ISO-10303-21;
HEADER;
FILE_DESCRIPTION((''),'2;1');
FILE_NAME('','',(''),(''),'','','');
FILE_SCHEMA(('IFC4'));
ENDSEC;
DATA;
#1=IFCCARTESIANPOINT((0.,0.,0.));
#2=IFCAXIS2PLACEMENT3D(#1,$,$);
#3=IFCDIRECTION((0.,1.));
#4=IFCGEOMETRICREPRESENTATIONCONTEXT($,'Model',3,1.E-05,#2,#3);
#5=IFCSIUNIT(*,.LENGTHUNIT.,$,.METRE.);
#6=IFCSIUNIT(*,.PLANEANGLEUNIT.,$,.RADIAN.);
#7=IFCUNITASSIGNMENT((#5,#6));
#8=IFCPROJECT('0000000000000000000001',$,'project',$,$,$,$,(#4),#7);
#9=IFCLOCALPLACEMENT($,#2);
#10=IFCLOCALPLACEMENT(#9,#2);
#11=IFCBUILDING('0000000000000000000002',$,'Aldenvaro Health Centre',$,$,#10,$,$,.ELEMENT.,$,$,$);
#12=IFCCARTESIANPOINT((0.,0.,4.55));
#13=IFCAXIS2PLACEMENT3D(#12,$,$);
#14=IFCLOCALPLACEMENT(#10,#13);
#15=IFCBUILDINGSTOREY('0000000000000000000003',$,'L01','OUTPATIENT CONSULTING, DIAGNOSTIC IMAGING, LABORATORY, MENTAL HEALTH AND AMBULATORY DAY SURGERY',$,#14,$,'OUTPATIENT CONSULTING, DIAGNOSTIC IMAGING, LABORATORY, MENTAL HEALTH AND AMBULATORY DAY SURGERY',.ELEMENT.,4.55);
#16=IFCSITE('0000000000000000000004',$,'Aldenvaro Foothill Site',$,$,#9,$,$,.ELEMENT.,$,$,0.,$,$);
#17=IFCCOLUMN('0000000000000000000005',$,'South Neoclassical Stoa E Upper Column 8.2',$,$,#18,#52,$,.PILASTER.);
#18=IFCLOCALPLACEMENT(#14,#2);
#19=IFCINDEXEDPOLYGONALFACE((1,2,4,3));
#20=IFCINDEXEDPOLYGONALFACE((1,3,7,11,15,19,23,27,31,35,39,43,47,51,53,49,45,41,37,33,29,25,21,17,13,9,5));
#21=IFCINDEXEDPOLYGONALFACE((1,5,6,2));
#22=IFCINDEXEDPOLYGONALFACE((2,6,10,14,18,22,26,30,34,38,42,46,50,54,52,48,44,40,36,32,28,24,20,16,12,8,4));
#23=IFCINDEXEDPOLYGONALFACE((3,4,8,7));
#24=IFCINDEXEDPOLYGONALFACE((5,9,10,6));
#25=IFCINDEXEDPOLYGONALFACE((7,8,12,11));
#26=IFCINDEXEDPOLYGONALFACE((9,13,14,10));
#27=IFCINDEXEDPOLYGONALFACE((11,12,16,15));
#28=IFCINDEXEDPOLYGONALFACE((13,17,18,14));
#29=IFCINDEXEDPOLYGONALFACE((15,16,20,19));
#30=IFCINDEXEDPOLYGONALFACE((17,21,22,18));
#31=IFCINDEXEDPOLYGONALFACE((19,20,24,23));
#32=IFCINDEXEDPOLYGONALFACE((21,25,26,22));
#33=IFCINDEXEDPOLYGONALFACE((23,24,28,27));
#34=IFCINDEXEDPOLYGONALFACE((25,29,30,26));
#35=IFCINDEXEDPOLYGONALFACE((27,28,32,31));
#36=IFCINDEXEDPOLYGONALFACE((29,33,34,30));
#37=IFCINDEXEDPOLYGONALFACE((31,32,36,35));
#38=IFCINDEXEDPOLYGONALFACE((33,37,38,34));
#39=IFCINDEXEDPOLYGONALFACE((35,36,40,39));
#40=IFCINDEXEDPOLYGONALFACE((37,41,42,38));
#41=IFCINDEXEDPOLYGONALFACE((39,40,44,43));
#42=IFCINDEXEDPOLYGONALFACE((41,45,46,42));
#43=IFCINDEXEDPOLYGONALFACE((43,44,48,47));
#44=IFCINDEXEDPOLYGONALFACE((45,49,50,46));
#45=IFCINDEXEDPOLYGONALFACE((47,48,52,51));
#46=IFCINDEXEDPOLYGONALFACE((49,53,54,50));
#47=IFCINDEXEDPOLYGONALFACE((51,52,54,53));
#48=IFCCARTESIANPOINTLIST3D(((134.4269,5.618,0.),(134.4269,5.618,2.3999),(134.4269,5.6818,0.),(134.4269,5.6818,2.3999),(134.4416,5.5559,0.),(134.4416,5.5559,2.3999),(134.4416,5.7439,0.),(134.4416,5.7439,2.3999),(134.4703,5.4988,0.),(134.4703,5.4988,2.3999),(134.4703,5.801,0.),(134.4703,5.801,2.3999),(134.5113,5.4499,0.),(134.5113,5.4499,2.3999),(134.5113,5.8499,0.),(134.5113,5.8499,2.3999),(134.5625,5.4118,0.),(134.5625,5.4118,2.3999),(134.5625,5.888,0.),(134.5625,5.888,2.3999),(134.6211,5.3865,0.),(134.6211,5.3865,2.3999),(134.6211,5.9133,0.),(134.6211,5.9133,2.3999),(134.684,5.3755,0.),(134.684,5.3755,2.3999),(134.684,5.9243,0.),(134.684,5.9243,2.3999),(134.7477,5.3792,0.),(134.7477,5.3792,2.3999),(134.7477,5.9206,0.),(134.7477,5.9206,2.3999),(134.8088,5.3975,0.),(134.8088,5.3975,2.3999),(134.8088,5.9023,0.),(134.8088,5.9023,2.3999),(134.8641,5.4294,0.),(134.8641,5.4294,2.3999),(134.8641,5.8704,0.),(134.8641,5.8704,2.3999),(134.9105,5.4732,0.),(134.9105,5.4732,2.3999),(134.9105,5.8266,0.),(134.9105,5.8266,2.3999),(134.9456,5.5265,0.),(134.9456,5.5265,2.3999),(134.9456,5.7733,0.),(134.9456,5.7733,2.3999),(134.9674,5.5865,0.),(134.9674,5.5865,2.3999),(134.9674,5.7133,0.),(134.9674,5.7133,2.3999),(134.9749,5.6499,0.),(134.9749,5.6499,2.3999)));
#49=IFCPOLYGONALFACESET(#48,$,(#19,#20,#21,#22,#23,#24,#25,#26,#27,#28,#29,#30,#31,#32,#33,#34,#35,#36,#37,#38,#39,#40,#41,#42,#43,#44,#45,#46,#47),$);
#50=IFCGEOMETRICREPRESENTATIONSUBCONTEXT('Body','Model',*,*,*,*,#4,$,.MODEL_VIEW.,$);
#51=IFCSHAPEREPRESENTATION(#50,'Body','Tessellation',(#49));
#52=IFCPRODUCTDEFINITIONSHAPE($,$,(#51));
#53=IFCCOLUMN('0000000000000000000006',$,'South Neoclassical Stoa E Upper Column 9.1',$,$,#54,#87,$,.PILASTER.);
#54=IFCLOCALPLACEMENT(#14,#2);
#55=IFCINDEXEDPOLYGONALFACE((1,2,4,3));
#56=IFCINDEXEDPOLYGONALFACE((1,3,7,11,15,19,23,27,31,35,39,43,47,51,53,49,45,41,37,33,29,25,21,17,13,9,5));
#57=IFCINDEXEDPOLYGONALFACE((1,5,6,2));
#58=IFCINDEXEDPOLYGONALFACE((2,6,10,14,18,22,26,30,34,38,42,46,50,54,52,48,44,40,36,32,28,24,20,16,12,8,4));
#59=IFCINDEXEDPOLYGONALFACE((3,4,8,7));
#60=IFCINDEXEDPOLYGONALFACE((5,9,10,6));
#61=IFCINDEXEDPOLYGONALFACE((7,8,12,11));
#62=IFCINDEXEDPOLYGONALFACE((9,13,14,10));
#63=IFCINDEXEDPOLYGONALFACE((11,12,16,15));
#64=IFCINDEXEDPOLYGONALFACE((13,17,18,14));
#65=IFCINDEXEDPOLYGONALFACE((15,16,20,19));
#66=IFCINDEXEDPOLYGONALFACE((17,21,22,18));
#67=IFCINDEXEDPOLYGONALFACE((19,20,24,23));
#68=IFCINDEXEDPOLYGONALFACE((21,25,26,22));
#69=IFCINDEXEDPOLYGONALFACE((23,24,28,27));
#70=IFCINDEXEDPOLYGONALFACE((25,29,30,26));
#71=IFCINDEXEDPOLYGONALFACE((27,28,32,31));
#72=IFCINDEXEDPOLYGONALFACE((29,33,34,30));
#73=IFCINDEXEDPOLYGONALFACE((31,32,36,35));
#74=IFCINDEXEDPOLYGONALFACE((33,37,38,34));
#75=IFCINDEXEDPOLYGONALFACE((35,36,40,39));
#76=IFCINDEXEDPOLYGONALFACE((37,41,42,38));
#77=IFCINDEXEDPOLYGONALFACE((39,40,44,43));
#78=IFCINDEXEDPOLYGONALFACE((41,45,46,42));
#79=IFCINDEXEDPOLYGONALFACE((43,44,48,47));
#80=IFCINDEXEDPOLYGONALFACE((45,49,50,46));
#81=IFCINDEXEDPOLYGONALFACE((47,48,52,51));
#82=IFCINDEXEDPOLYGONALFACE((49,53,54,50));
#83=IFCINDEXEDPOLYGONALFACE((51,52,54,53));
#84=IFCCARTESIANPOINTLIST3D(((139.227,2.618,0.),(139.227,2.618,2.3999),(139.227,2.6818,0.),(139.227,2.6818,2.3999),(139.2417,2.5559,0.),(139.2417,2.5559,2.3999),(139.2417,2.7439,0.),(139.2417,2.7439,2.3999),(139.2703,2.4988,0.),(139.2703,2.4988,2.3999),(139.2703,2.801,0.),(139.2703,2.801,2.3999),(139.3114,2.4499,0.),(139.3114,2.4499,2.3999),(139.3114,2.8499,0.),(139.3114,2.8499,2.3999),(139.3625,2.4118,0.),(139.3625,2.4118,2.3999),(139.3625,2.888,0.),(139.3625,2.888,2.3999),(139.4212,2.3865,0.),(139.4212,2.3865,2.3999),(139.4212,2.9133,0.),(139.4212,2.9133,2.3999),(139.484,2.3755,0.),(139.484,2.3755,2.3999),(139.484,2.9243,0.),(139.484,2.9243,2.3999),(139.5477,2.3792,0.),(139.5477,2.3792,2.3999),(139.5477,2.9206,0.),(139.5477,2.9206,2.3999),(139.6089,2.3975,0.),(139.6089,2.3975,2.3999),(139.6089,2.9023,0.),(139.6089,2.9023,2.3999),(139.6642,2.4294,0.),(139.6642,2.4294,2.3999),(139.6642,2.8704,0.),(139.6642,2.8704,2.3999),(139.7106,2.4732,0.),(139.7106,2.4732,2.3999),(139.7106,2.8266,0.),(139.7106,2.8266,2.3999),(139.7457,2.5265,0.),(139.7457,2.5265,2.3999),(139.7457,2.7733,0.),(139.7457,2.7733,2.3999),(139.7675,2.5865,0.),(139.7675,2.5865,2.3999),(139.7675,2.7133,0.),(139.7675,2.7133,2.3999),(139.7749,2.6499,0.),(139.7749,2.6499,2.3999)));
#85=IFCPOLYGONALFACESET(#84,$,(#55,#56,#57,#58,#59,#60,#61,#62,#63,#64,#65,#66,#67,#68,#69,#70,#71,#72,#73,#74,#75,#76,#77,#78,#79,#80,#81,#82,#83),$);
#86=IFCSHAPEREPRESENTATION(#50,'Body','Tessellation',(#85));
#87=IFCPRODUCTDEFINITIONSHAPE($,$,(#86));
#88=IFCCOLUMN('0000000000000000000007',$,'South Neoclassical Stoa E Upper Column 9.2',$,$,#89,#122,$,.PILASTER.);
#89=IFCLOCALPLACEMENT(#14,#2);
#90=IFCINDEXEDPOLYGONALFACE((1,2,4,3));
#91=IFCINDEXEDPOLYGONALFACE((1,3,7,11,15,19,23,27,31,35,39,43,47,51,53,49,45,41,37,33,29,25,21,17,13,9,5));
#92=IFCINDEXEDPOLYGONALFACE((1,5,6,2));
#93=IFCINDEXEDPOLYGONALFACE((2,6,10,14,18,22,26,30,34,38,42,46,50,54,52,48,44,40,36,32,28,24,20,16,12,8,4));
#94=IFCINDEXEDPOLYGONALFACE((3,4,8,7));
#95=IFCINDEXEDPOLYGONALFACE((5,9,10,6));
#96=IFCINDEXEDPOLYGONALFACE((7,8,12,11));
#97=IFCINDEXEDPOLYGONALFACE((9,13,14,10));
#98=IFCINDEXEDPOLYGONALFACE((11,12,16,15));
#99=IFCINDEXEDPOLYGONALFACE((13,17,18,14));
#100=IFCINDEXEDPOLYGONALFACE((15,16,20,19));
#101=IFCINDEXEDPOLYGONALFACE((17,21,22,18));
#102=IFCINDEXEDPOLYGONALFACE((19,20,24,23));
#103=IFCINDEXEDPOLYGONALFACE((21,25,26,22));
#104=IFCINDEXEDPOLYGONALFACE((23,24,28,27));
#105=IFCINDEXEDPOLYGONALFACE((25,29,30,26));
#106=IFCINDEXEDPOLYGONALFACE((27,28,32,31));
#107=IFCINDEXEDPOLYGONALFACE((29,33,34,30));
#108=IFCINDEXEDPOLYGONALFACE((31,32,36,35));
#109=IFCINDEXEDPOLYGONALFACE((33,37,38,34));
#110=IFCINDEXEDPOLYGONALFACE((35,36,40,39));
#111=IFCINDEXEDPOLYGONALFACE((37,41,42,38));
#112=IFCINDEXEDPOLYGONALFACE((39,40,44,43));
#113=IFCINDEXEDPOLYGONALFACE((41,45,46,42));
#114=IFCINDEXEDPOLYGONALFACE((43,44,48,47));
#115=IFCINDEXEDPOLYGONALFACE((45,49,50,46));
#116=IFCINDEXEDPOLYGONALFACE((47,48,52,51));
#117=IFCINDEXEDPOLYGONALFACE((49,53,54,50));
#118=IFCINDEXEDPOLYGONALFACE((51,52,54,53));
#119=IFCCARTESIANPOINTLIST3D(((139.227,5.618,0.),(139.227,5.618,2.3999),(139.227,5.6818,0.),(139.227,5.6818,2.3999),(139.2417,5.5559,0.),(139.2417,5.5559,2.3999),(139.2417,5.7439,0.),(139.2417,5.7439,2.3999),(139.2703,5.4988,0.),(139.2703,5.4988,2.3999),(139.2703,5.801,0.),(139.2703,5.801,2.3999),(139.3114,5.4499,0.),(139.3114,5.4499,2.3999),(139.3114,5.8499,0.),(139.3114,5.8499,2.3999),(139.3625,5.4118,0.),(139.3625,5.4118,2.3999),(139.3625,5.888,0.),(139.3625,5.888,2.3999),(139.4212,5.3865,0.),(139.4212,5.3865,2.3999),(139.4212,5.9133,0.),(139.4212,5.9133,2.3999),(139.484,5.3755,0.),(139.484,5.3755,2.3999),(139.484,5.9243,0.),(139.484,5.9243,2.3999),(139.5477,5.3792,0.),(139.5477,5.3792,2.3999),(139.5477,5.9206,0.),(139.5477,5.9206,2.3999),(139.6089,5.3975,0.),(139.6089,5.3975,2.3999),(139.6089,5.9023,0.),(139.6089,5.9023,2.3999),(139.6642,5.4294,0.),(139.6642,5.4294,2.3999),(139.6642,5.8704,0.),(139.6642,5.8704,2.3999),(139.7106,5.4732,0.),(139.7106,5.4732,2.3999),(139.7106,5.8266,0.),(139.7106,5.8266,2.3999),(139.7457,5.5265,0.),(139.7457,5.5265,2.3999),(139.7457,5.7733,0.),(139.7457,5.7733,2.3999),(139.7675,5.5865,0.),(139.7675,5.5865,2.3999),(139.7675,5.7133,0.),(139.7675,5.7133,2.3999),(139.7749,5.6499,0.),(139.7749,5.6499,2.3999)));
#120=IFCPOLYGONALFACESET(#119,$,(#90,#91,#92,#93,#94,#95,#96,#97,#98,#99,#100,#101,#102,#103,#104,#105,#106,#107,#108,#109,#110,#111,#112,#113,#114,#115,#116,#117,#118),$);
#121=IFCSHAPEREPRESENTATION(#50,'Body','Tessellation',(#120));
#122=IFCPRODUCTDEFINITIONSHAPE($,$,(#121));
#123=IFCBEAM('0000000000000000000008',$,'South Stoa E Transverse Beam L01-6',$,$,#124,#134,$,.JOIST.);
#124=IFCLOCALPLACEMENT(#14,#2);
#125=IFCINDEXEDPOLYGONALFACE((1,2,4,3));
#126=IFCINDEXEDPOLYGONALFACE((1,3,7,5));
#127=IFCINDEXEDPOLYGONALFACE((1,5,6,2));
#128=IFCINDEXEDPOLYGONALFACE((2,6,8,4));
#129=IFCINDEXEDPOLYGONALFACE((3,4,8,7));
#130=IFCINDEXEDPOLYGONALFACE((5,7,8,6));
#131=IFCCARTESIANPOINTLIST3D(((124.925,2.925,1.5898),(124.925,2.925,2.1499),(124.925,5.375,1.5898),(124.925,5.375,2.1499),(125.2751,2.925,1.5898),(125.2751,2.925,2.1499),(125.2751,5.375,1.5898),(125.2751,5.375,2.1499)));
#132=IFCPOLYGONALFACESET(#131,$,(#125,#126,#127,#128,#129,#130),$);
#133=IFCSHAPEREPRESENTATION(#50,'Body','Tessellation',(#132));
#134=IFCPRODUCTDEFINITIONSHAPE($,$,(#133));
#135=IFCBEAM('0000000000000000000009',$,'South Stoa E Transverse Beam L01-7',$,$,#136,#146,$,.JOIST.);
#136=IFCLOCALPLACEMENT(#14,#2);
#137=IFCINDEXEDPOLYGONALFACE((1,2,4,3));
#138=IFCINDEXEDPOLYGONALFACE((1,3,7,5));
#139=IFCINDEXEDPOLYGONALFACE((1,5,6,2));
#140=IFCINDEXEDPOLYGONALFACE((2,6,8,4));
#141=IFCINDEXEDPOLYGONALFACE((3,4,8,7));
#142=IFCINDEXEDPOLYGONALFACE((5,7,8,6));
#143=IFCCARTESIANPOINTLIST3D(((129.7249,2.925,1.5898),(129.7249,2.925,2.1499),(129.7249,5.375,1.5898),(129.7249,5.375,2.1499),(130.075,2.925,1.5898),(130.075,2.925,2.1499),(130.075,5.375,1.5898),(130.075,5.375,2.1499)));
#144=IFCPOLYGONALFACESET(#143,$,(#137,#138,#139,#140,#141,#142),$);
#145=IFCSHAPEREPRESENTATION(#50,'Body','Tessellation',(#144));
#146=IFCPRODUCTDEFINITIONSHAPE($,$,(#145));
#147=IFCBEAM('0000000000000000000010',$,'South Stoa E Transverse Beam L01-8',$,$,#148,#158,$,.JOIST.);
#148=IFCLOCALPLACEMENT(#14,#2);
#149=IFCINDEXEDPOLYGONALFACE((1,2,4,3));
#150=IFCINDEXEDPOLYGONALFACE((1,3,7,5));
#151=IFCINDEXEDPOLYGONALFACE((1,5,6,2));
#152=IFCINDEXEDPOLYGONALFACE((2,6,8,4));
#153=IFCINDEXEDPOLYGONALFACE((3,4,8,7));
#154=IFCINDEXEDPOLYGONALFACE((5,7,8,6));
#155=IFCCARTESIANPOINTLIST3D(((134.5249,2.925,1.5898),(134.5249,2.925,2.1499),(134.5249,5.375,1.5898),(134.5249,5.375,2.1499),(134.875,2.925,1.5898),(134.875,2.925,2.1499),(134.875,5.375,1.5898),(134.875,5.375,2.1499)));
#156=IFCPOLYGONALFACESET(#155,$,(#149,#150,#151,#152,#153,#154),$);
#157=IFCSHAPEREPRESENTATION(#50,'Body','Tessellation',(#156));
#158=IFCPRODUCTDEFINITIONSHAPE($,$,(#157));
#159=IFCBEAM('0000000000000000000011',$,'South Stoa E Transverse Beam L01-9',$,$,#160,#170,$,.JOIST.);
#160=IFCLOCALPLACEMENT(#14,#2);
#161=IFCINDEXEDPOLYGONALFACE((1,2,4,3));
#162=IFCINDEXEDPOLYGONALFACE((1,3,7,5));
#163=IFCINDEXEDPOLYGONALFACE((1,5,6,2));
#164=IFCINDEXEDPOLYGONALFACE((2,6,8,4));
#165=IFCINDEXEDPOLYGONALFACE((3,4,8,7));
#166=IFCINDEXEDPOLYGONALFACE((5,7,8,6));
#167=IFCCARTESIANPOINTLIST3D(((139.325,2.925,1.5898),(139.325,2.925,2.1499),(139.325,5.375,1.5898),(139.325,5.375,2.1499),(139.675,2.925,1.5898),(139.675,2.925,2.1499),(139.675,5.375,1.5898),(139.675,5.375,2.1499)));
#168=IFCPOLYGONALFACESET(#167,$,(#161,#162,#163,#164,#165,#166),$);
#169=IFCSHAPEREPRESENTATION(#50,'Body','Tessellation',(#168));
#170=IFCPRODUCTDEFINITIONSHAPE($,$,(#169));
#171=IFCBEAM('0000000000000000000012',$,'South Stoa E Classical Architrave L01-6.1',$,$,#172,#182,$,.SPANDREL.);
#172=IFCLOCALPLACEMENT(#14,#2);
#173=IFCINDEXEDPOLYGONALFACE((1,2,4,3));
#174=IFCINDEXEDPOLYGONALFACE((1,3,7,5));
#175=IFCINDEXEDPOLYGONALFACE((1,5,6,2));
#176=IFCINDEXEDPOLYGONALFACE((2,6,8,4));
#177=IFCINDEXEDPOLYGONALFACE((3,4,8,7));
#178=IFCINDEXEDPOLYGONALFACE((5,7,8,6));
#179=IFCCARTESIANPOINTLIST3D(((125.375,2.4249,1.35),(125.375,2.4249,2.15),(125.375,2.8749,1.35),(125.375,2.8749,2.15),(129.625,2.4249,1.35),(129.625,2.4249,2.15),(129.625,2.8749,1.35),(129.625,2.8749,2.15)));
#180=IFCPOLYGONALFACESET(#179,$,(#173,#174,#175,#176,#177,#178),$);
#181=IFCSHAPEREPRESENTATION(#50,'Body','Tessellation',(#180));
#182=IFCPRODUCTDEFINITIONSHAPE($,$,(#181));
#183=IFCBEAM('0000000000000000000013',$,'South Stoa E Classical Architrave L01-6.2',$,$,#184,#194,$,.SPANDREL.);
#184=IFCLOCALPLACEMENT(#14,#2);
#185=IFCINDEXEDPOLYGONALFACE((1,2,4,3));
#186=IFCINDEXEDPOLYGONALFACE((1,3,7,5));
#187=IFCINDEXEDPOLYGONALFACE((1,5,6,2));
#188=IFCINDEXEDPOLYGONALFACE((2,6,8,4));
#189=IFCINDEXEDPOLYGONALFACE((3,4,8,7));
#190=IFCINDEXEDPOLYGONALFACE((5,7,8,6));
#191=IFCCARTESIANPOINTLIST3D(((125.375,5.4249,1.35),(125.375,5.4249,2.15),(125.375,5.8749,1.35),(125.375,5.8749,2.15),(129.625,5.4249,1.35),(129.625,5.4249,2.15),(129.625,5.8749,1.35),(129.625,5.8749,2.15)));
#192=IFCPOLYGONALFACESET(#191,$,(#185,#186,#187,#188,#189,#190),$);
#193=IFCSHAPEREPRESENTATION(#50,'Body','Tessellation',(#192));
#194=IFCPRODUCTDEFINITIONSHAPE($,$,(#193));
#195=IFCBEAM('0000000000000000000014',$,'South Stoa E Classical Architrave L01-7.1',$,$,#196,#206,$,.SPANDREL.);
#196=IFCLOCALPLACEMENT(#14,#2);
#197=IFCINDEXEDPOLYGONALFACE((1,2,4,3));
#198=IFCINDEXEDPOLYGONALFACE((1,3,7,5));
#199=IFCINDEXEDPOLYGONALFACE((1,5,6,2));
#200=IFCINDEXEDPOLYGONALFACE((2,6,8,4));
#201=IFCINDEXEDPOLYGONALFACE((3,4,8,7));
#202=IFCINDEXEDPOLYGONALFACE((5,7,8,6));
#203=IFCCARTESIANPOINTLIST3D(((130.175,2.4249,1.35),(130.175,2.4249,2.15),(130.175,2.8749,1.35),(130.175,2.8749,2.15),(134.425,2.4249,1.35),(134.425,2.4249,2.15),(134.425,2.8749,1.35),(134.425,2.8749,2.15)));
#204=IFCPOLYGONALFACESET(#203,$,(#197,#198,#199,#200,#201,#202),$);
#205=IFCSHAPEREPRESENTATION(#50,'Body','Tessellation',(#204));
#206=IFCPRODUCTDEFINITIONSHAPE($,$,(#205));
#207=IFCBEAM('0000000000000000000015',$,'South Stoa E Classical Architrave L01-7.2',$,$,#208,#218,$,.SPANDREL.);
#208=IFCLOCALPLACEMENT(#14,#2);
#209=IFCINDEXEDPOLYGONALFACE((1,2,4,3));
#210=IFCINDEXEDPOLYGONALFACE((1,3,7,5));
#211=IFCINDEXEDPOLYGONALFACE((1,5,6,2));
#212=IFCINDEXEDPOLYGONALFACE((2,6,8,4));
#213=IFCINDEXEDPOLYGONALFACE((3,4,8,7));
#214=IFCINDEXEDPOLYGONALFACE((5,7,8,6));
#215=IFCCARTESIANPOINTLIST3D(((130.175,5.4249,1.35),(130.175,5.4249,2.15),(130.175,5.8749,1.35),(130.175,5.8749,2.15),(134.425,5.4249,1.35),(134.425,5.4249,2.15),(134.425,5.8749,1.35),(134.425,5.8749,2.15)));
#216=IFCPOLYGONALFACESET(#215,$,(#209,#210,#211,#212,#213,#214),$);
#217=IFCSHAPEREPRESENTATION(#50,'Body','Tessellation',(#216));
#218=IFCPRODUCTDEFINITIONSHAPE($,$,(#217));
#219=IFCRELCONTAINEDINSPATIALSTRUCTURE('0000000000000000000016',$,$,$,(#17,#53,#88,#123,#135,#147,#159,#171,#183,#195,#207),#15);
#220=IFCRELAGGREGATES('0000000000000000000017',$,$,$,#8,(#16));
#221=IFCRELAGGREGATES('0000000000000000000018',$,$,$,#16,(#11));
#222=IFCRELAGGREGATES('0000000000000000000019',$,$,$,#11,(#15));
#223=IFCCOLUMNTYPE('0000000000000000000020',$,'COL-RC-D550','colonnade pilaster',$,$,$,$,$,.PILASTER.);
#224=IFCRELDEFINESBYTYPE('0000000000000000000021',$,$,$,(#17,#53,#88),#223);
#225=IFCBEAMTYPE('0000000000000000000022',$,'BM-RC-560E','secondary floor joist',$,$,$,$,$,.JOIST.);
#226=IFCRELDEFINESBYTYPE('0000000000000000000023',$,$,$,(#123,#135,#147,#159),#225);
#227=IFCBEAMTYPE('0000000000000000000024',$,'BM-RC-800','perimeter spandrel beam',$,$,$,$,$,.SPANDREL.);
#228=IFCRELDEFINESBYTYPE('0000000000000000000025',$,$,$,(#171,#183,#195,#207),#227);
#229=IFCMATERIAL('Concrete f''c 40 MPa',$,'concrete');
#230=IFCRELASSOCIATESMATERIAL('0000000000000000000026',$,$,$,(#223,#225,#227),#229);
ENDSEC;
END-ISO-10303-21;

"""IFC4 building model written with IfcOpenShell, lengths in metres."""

from ifc_helpers import new_model, si_unit, direction, frame, origin, origin_2d, place, context, subcontext, project, spatial, rectangle, circle, extrude, material, material_profile, profile_set, type_object, element, save


model = new_model("IFC4")

# Units and contexts
model_context = context("Model", 3, precision=1e-05, world=origin(), true_north=direction((0.0, 1.0)))
body_context = subcontext(model_context, "Body", "Model", "MODEL_VIEW")
ifc_project = project(units=[si_unit("LENGTHUNIT", "METRE"), si_unit("PLANEANGLEUNIT", "RADIAN")], contexts=[model_context])

# Site, building, storey
site_placement = place(None, origin())
site = spatial("IfcSite", under=ifc_project, at=site_placement, Name="Aldenvaro Foothill Site", CompositionType="ELEMENT", RefElevation=0.0)
building_placement = place(site_placement, origin())
building = spatial("IfcBuilding", under=site, at=building_placement, Name="Aldenvaro Health Centre", CompositionType="ELEMENT")
storey_placement = place(building_placement, frame((0.0, 0.0, 4.55)))
storey = spatial("IfcBuildingStorey", under=building, at=storey_placement, Name="L01", Description="OUTPATIENT CONSULTING, DIAGNOSTIC IMAGING, LABORATORY, MENTAL HEALTH AND AMBULATORY DAY SURGERY", LongName="OUTPATIENT CONSULTING, DIAGNOSTIC IMAGING, LABORATORY, MENTAL HEALTH AND AMBULATORY DAY SURGERY", CompositionType="ELEMENT", Elevation=4.55)

# Columns
ifc_material_1 = material(Name="Concrete f'c 40 MPa", Category="concrete")
ifc_material_profile_1 = material_profile(ifc_material_1, circle(Radius=0.2749, at=origin_2d()), Name="RC D550", Category="concrete")
ifc_profile_set_1 = profile_set([ifc_material_profile_1], Name="Concrete f'c 40 MPa")
column_type = type_object("IfcColumnType", Name="COL-RC-D550", Description="colonnade pilaster", PredefinedType="PILASTER", material=ifc_profile_set_1)
for number, where, z_axis, x_axis, name in (
    (1, (134.7, 5.6499, 0.0), (0.0, 0.0, 1.0), (1.0, 0.0, 0.0), "South Neoclassical Stoa E Upper Column 8.2"),
    (2, (139.5, 2.6499, 0.0), (0.0, 0.0, 1.0), (1.0, 0.0, 0.0), "South Neoclassical Stoa E Upper Column 9.1"),
    (3, (139.5, 5.6499, 0.0), (0.0, 0.0, 1.0), (1.0, 0.0, 0.0), "South Neoclassical Stoa E Upper Column 9.2"),
):
    element("IfcColumn", number, at=place(storey_placement, frame(where, z_axis=z_axis, x_axis=x_axis)), inside=storey, type_object=column_type, Name=name, PredefinedType="PILASTER", context=body_context, shape_type="SweptSolid", body=[
        extrude(circle(Radius=0.2749, at=origin_2d()), origin(), (0.0, 0.0, 1.0), 2.3999),
    ])

# Beams
ifc_material_profile_2 = material_profile(ifc_material_1, rectangle(XDim=0.3501, YDim=0.5601, at=origin_2d()), Name="RC 350x560", Category="concrete")
ifc_profile_set_2 = profile_set([ifc_material_profile_2], Name="Concrete f'c 40 MPa")
beam_type_1 = type_object("IfcBeamType", Name="BM-RC-560E", Description="secondary floor joist", PredefinedType="JOIST", material=ifc_profile_set_2)
for number, where, z_axis, x_axis, name in (
    (4, (125.1001, 2.925, 1.8699), (0.0, 1.0, 0.0), (-1.0, 0.0, 0.0), "South Stoa E Transverse Beam L01-6"),
    (5, (129.8999, 2.925, 1.8699), (0.0, 1.0, 0.0), (-1.0, 0.0, 0.0), "South Stoa E Transverse Beam L01-7"),
    (6, (134.7, 2.925, 1.8699), (0.0, 1.0, 0.0), (-1.0, 0.0, 0.0), "South Stoa E Transverse Beam L01-8"),
    (7, (139.5, 2.925, 1.8699), (0.0, 1.0, 0.0), (-1.0, 0.0, 0.0), "South Stoa E Transverse Beam L01-9"),
):
    element("IfcBeam", number, at=place(storey_placement, frame(where, z_axis=z_axis, x_axis=x_axis)), inside=storey, type_object=beam_type_1, Name=name, PredefinedType="JOIST", context=body_context, shape_type="SweptSolid", body=[
        extrude(rectangle(XDim=0.3501, YDim=0.5601, at=origin_2d()), origin(), (0.0, 0.0, 1.0), 2.45),
    ])
ifc_material_profile_3 = material_profile(ifc_material_1, rectangle(XDim=0.45, YDim=0.8, at=origin_2d()), Name="RC 450x800", Category="concrete")
ifc_profile_set_3 = profile_set([ifc_material_profile_3], Name="Concrete f'c 40 MPa")
beam_type_2 = type_object("IfcBeamType", Name="BM-RC-800", Description="perimeter spandrel beam", PredefinedType="SPANDREL", material=ifc_profile_set_3)
for number, where, z_axis, x_axis, name in (
    (8, (125.375, 2.6499, 1.75), (1.0, 0.0, 0.0), (0.0, 1.0, 0.0), "South Stoa E Classical Architrave L01-6.1"),
    (9, (125.375, 5.6499, 1.75), (1.0, 0.0, 0.0), (0.0, 1.0, 0.0), "South Stoa E Classical Architrave L01-6.2"),
    (10, (130.175, 2.6499, 1.75), (1.0, 0.0, 0.0), (0.0, 1.0, 0.0), "South Stoa E Classical Architrave L01-7.1"),
    (11, (130.175, 5.6499, 1.75), (1.0, 0.0, 0.0), (0.0, 1.0, 0.0), "South Stoa E Classical Architrave L01-7.2"),
):
    element("IfcBeam", number, at=place(storey_placement, frame(where, z_axis=z_axis, x_axis=x_axis)), inside=storey, type_object=beam_type_2, Name=name, PredefinedType="SPANDREL", context=body_context, shape_type="SweptSolid", body=[
        extrude(rectangle(XDim=0.45, YDim=0.8, at=origin_2d()), origin(), (0.0, 0.0, 1.0), 4.25),
    ])

save(model, "model.ifc")
